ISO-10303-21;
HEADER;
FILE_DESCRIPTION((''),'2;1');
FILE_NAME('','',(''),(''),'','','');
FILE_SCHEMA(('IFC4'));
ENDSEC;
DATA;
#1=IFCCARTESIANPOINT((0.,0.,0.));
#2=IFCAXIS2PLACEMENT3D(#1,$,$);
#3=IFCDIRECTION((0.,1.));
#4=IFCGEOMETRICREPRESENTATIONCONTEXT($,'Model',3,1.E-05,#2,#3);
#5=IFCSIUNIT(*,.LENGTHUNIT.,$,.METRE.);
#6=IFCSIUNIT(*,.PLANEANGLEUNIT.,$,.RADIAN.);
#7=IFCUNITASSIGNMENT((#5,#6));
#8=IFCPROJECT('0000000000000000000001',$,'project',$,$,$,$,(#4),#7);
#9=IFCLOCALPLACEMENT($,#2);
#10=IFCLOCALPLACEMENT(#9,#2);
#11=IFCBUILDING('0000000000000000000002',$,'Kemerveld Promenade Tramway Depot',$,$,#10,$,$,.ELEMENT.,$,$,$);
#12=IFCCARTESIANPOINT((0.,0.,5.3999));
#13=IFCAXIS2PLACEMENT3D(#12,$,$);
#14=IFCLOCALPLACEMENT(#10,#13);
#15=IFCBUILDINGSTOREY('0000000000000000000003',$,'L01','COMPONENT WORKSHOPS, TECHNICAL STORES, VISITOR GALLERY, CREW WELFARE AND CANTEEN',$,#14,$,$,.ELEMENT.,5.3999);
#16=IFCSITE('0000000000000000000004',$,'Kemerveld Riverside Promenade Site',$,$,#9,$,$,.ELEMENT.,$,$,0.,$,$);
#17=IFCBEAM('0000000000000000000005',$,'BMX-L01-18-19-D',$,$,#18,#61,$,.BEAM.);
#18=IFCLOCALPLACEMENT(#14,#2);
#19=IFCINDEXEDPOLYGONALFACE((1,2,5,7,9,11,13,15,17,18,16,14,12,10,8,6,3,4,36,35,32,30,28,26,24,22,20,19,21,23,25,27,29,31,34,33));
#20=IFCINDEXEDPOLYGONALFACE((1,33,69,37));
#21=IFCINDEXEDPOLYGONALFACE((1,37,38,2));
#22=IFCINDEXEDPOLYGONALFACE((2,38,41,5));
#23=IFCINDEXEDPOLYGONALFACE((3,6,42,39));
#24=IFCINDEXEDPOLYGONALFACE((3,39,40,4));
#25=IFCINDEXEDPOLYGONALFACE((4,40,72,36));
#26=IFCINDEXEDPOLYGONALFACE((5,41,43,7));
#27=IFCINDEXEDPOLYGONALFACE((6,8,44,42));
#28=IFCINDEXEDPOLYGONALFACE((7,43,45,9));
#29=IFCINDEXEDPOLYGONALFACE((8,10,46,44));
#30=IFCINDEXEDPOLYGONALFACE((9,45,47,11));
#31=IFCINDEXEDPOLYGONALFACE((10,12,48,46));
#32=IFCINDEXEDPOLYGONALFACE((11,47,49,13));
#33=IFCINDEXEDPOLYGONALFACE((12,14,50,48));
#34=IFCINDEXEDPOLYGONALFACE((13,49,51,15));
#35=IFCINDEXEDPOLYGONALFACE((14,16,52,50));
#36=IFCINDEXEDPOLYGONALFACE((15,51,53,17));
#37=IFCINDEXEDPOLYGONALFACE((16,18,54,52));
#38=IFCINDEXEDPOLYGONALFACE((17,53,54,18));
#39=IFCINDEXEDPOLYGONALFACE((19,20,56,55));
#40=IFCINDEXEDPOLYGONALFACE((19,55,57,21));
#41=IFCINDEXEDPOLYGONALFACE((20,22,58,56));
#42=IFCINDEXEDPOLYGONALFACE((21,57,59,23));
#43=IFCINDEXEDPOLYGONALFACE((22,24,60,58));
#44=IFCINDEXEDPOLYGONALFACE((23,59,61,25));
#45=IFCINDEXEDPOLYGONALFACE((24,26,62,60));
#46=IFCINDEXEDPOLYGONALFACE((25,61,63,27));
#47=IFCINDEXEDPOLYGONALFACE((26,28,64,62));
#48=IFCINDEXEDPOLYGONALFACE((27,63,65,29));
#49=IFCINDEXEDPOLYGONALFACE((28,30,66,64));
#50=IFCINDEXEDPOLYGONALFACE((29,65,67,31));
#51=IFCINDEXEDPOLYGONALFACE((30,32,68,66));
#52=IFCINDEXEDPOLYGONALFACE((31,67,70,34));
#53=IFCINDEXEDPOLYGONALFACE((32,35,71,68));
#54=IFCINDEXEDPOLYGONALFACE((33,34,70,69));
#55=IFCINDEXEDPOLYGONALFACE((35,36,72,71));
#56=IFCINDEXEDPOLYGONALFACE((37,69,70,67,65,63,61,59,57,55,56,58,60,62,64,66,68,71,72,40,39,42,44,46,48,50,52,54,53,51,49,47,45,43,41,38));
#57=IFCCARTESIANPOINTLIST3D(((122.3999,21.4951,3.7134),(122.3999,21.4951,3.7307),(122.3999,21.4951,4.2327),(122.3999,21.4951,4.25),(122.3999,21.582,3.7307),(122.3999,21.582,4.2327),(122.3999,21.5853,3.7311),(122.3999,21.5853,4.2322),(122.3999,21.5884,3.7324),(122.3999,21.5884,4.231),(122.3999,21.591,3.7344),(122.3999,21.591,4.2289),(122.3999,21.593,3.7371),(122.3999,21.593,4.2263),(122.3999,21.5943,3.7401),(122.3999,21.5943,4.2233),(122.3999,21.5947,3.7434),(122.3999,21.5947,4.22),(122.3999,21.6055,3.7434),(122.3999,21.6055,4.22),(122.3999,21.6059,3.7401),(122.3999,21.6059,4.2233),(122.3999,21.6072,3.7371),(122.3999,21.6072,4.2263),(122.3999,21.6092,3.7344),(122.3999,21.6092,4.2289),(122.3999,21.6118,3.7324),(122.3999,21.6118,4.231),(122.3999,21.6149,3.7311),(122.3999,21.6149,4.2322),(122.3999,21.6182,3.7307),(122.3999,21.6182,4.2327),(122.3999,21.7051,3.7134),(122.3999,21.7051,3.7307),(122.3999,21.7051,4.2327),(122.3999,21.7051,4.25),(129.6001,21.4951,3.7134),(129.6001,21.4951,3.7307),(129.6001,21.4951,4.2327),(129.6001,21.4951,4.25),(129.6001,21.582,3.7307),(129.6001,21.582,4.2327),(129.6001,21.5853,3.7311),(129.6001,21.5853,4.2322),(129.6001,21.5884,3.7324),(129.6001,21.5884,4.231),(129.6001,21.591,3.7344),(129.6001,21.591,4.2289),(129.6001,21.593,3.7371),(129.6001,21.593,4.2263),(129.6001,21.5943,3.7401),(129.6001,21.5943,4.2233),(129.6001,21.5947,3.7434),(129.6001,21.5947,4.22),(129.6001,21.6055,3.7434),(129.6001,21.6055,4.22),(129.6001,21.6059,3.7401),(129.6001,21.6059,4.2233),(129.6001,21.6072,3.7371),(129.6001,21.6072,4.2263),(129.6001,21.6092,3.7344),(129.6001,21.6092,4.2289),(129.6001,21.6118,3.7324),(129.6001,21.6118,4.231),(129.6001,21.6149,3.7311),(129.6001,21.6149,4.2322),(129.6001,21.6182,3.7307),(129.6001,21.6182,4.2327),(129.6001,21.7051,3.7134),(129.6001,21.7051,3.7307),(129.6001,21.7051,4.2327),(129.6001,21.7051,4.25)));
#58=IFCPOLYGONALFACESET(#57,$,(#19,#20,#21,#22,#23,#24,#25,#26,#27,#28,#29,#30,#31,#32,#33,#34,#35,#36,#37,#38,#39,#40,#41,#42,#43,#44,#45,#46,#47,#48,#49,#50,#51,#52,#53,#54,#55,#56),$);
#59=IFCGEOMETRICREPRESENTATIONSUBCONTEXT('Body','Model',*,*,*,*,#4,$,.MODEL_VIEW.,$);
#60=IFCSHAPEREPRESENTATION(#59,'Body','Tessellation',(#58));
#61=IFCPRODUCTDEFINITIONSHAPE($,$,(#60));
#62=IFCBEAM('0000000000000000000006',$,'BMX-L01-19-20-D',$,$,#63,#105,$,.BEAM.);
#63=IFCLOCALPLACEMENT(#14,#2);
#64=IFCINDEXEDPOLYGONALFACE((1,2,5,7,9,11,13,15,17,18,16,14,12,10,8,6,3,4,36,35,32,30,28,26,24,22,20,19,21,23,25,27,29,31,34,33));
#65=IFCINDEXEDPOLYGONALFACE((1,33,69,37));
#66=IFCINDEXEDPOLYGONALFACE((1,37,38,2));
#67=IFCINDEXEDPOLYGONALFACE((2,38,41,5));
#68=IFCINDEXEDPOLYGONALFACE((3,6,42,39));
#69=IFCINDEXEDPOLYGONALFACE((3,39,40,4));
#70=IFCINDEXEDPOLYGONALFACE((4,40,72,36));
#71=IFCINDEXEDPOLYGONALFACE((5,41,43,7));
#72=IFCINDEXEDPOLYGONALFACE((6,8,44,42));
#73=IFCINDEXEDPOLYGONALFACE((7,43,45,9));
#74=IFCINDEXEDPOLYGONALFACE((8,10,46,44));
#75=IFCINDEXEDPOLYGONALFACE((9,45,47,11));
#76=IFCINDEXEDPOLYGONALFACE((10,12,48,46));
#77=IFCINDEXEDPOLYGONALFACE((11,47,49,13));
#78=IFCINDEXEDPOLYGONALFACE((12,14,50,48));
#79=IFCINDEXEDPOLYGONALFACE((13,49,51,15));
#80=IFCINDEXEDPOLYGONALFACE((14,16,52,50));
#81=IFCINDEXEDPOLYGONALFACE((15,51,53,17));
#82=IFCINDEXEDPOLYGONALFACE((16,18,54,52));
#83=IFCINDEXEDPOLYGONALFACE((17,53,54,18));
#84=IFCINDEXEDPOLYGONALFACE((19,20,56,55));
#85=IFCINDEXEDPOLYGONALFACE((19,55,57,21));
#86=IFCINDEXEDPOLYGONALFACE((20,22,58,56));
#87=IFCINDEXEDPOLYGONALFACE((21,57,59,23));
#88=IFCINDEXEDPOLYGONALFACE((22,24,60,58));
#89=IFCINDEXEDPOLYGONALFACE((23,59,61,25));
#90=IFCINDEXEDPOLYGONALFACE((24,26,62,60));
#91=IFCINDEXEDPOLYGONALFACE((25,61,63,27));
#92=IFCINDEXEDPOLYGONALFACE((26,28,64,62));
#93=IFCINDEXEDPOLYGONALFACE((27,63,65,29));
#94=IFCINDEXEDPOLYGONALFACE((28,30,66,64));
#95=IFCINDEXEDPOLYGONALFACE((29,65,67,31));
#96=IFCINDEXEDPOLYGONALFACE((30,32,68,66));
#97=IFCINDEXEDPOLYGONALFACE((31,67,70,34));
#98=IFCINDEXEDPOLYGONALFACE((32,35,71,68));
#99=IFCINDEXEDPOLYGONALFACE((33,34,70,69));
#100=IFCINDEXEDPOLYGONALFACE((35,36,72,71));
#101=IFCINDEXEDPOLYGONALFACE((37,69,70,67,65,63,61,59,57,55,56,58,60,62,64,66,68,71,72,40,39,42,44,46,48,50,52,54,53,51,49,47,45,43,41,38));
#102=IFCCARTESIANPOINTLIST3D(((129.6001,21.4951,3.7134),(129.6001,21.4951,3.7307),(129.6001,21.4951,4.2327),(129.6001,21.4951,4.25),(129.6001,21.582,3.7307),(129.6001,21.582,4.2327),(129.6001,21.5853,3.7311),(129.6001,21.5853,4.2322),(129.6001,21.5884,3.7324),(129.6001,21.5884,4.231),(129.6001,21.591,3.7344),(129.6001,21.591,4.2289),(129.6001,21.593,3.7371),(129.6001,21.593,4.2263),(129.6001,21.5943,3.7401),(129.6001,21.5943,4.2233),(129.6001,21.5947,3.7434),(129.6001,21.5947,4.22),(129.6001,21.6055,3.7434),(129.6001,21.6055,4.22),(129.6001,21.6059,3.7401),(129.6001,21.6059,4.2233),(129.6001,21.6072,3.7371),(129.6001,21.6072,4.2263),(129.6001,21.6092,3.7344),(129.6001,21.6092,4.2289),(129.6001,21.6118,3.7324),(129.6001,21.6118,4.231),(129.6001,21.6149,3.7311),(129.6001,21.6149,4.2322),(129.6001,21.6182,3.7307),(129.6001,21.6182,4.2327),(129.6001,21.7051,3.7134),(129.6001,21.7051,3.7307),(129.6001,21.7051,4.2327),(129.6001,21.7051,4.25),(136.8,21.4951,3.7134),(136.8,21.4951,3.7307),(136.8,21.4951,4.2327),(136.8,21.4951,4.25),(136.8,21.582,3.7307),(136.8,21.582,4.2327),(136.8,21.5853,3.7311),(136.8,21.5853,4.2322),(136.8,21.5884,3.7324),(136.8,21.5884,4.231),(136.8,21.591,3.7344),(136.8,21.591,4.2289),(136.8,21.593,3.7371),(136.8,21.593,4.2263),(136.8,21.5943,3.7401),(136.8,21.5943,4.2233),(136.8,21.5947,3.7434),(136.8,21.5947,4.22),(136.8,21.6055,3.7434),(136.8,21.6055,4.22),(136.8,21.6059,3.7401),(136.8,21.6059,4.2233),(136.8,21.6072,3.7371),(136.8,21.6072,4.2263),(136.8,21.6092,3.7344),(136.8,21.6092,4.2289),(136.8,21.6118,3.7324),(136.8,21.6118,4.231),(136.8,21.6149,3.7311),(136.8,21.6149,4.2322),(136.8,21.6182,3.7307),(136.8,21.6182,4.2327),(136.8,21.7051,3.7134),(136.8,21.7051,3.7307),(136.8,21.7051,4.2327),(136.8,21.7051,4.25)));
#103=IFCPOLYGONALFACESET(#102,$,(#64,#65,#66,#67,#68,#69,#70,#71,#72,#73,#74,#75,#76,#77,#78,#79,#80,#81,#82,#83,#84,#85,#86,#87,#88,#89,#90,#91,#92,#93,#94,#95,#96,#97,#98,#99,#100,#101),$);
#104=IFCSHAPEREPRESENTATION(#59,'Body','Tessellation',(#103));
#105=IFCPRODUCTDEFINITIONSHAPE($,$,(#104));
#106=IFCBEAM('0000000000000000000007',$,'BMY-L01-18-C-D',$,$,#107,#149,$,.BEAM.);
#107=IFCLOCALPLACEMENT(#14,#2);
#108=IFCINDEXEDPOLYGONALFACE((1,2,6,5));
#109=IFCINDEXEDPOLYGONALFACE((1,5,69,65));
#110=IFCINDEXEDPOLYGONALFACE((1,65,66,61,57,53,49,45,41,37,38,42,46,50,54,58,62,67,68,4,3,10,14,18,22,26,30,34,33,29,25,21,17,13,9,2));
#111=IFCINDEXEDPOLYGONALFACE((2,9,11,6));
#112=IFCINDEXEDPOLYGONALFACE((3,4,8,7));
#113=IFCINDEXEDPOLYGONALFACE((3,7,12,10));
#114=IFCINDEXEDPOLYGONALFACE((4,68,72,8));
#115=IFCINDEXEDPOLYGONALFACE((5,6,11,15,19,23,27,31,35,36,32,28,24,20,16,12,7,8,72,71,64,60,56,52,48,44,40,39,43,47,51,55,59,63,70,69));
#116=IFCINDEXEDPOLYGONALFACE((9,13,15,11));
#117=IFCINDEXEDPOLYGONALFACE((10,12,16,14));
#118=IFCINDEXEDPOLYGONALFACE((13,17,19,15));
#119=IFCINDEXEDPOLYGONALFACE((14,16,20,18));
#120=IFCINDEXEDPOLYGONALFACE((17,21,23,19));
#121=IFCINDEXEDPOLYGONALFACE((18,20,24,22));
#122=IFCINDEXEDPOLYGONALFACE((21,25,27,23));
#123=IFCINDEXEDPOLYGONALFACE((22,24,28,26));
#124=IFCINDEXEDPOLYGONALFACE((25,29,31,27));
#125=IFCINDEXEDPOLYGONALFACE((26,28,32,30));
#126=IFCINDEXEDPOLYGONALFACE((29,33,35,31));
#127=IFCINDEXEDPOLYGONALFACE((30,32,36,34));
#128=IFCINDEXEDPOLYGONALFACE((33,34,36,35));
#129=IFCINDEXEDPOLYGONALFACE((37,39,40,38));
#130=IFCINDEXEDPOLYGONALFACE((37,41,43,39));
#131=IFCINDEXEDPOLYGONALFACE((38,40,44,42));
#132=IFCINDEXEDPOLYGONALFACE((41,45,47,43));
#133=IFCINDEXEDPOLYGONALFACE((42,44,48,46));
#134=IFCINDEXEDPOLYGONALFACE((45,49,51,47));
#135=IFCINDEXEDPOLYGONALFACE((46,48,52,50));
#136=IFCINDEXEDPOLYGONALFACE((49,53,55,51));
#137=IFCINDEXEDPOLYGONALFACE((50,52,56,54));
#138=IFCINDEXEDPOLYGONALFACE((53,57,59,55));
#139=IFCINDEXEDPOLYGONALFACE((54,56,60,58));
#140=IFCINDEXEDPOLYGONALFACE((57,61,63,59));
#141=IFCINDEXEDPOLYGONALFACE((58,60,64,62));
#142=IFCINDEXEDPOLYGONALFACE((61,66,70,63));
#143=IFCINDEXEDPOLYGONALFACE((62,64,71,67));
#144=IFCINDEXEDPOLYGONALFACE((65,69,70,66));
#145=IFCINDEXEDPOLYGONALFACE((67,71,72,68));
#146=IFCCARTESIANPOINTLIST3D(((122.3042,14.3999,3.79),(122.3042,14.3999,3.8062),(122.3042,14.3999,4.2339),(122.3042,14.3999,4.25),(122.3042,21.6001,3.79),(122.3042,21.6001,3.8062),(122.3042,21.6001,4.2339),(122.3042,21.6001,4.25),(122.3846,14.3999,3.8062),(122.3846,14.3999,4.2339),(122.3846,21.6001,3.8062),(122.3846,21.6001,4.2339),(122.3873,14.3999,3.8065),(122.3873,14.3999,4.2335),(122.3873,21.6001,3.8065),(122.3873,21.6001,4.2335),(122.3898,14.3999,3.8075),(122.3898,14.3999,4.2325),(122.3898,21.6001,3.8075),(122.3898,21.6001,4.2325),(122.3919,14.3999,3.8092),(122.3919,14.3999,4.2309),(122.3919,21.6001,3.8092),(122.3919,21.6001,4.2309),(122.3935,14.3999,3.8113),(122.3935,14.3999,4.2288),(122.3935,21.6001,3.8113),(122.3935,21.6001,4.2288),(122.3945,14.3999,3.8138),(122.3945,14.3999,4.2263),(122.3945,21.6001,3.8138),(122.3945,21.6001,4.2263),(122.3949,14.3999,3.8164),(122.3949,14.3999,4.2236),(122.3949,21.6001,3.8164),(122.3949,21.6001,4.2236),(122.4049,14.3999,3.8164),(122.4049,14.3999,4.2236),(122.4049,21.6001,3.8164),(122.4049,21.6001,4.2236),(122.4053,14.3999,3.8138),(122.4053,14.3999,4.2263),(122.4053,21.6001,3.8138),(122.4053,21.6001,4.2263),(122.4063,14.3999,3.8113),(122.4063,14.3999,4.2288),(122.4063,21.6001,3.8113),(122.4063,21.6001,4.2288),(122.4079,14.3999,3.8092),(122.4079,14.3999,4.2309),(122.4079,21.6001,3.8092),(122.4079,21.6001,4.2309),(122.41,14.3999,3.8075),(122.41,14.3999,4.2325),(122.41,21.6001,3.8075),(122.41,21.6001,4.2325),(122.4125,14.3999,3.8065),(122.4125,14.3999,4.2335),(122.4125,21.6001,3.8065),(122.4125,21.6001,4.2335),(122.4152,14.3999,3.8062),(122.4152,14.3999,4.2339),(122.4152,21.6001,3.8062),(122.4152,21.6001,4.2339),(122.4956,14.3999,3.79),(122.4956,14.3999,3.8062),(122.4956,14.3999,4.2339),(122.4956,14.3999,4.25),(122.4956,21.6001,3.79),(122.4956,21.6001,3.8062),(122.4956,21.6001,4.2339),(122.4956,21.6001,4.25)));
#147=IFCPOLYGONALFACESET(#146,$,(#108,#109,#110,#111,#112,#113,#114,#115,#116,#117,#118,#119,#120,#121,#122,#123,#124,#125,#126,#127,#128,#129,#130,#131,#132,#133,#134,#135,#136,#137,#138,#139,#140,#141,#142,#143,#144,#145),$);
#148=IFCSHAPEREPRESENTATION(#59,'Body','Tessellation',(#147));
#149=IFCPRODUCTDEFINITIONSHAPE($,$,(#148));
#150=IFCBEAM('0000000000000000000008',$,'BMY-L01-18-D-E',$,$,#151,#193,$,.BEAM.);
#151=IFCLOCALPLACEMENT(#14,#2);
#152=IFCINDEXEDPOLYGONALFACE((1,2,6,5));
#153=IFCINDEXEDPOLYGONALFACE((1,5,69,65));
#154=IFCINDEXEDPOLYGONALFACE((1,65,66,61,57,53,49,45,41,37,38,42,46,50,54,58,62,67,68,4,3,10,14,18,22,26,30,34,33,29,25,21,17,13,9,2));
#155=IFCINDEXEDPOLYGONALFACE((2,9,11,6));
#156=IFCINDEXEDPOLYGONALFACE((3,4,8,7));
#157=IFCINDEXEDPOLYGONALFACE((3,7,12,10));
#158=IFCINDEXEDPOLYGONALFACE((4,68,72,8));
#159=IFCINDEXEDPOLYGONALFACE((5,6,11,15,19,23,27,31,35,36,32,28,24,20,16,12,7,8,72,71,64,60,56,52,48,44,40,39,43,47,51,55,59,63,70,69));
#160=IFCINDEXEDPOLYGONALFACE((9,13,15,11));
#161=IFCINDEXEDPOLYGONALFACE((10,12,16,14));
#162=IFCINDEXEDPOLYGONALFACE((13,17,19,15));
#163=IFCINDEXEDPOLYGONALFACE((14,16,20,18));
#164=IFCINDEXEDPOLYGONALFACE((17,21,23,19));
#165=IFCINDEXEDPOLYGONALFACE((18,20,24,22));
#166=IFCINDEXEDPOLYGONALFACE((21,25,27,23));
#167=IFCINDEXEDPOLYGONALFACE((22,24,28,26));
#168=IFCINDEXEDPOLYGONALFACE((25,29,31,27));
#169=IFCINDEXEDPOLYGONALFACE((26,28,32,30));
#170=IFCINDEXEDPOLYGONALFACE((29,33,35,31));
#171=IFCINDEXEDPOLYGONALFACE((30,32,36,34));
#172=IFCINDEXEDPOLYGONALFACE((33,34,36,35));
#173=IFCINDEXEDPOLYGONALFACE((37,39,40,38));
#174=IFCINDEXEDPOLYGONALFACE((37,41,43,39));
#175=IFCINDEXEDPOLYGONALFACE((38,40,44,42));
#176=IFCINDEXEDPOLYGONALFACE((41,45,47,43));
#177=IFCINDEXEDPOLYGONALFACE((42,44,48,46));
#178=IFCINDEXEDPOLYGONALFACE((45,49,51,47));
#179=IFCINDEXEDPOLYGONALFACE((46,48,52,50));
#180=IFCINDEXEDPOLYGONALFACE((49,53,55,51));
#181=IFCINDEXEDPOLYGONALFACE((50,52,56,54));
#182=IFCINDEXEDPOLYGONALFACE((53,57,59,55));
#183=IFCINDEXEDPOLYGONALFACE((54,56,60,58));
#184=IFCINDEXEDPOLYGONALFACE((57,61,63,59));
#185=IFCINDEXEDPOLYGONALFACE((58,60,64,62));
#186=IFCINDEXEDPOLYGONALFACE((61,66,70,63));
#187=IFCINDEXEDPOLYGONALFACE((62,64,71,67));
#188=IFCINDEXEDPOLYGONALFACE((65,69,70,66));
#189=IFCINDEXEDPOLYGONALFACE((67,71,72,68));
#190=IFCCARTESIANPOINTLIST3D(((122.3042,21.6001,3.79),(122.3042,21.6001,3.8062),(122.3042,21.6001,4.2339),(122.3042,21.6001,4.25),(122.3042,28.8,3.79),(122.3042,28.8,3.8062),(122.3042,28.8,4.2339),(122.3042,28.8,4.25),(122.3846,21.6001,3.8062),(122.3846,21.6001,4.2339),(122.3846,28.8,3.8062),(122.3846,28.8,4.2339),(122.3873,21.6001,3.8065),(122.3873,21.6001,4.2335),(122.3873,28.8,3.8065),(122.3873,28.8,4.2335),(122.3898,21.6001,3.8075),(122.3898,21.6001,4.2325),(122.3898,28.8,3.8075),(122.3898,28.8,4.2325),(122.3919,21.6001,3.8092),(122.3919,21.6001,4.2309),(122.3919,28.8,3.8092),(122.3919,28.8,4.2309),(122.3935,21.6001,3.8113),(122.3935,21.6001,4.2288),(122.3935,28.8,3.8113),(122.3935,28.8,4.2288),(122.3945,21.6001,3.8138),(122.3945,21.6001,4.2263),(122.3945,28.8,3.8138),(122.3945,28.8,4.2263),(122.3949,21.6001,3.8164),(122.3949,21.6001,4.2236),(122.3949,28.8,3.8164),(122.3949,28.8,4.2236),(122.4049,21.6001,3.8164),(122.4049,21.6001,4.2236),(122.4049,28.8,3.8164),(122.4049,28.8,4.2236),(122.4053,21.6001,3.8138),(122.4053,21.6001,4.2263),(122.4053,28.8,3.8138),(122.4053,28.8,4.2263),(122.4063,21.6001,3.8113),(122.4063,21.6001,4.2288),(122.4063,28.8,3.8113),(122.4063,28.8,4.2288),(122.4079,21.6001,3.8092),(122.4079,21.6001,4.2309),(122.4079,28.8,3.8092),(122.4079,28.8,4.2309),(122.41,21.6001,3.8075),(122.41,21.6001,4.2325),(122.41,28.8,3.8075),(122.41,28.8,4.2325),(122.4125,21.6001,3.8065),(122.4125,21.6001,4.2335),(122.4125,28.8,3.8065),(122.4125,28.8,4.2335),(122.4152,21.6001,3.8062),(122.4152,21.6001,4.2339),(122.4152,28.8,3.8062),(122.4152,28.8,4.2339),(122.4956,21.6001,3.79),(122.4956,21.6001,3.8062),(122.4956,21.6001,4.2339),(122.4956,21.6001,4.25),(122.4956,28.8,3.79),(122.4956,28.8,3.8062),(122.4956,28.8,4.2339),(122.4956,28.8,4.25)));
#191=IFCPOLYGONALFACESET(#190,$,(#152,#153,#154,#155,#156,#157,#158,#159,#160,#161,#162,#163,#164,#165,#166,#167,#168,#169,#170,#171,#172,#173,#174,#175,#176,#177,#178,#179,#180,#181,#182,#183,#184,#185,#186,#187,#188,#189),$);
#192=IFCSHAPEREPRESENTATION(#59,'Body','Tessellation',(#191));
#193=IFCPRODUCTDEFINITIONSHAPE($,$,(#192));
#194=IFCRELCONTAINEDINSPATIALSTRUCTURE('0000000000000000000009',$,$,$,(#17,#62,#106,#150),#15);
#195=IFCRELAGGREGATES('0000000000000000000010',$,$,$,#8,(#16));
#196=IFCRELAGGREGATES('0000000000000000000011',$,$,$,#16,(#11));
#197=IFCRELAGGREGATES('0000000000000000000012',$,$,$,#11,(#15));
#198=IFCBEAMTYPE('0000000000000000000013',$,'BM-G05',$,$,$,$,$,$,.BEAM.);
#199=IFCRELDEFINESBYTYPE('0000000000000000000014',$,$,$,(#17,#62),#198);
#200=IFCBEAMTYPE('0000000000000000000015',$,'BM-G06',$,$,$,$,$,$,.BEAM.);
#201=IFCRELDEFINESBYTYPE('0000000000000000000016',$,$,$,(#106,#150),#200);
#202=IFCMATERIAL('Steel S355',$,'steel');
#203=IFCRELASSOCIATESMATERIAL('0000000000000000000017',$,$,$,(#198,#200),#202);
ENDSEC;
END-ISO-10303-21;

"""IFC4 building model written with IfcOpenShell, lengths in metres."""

from ifc_helpers import new_model, si_unit, direction, frame, origin, origin_2d, place, context, subcontext, project, spatial, i_section, extrude, material, material_profile, profile_set, type_object, element, save


model = new_model("IFC4")

# Units and contexts
model_context = context("Model", 3, precision=1e-05, world=origin(), true_north=direction((0.0, 1.0)))
body_context = subcontext(model_context, "Body", "Model", "MODEL_VIEW")
ifc_project = project(units=[si_unit("LENGTHUNIT", "METRE"), si_unit("PLANEANGLEUNIT", "RADIAN")], contexts=[model_context])

# Site, building, storey
site_placement = place(None, origin())
site = spatial("IfcSite", under=ifc_project, at=site_placement, Name="Kemerveld Riverside Promenade Site", CompositionType="ELEMENT", RefElevation=0.0)
building_placement = place(site_placement, origin())
building = spatial("IfcBuilding", under=site, at=building_placement, Name="Kemerveld Promenade Tramway Depot", CompositionType="ELEMENT")
storey_placement = place(building_placement, frame((0.0, 0.0, 5.3999)))
storey = spatial("IfcBuildingStorey", under=building, at=storey_placement, Name="L01", Description="COMPONENT WORKSHOPS, TECHNICAL STORES, VISITOR GALLERY, CREW WELFARE AND CANTEEN", CompositionType="ELEMENT", Elevation=5.3999)

# Shared definitions
ifc_material_1 = material(Name="Steel S355", Category="steel")

# Beams
ifc_material_profile_1 = material_profile(ifc_material_1, i_section(OverallWidth=0.21, OverallDepth=0.5366, WebThickness=0.0107, FlangeThickness=0.0173, FilletRadius=0.0127, at=origin_2d()), Name="533x210x101 UB")
ifc_profile_set_1 = profile_set([ifc_material_profile_1], Name="Steel S355")
beam_type_1 = type_object("IfcBeamType", Name="BM-G05", PredefinedType="BEAM", material=ifc_profile_set_1)
beam_1_placement = place(storey_placement, frame((122.3999, 21.6001, 3.9817), z_axis=(1.0, 0.0, 0.0), x_axis=(0.0, 1.0, 0.0)))
element("IfcBeam", 1, at=beam_1_placement, inside=storey, type_object=beam_type_1, Name="BMX-L01-18-19-D", PredefinedType="BEAM", context=body_context, shape_type="SweptSolid", body=[
    extrude(i_section(OverallWidth=0.21, OverallDepth=0.5366, WebThickness=0.0107, FlangeThickness=0.0173, FilletRadius=0.0127, at=origin_2d()), origin(), (0.0, 0.0, 1.0), 7.2002),
])
beam_2_placement = place(storey_placement, frame((129.6001, 21.6001, 3.9817), z_axis=(1.0, 0.0, 0.0), x_axis=(0.0, 1.0, 0.0)))
element("IfcBeam", 2, at=beam_2_placement, inside=storey, type_object=beam_type_1, Name="BMX-L01-19-20-D", PredefinedType="BEAM", context=body_context, shape_type="SweptSolid", body=[
    extrude(i_section(OverallWidth=0.21, OverallDepth=0.5366, WebThickness=0.0107, FlangeThickness=0.0173, FilletRadius=0.0127, at=origin_2d()), origin(), (0.0, 0.0, 1.0), 7.2),
])
ifc_material_profile_2 = material_profile(ifc_material_1, i_section(OverallWidth=0.1914, OverallDepth=0.46, WebThickness=0.01, FlangeThickness=0.0161, FilletRadius=0.0103, at=origin_2d()), Name="457x191x82 UB")
ifc_profile_set_2 = profile_set([ifc_material_profile_2], Name="Steel S355")
beam_type_2 = type_object("IfcBeamType", Name="BM-G06", PredefinedType="BEAM", material=ifc_profile_set_2)
beam_3_placement = place(storey_placement, frame((122.3999, 14.3999, 4.02), z_axis=(0.0, 1.0, 0.0), x_axis=(-1.0, 0.0, 0.0)))
element("IfcBeam", 3, at=beam_3_placement, inside=storey, type_object=beam_type_2, Name="BMY-L01-18-C-D", PredefinedType="BEAM", context=body_context, shape_type="SweptSolid", body=[
    extrude(i_section(OverallWidth=0.1914, OverallDepth=0.46, WebThickness=0.01, FlangeThickness=0.0161, FilletRadius=0.0103, at=origin_2d()), origin(), (0.0, 0.0, 1.0), 7.2002),
])
beam_4_placement = place(storey_placement, frame((122.3999, 21.6001, 4.02), z_axis=(0.0, 1.0, 0.0), x_axis=(-1.0, 0.0, 0.0)))
element("IfcBeam", 4, at=beam_4_placement, inside=storey, type_object=beam_type_2, Name="BMY-L01-18-D-E", PredefinedType="BEAM", context=body_context, shape_type="SweptSolid", body=[
    extrude(i_section(OverallWidth=0.1914, OverallDepth=0.46, WebThickness=0.01, FlangeThickness=0.0161, FilletRadius=0.0103, at=origin_2d()), origin(), (0.0, 0.0, 1.0), 7.2),
])

save(model, "model.ifc")
